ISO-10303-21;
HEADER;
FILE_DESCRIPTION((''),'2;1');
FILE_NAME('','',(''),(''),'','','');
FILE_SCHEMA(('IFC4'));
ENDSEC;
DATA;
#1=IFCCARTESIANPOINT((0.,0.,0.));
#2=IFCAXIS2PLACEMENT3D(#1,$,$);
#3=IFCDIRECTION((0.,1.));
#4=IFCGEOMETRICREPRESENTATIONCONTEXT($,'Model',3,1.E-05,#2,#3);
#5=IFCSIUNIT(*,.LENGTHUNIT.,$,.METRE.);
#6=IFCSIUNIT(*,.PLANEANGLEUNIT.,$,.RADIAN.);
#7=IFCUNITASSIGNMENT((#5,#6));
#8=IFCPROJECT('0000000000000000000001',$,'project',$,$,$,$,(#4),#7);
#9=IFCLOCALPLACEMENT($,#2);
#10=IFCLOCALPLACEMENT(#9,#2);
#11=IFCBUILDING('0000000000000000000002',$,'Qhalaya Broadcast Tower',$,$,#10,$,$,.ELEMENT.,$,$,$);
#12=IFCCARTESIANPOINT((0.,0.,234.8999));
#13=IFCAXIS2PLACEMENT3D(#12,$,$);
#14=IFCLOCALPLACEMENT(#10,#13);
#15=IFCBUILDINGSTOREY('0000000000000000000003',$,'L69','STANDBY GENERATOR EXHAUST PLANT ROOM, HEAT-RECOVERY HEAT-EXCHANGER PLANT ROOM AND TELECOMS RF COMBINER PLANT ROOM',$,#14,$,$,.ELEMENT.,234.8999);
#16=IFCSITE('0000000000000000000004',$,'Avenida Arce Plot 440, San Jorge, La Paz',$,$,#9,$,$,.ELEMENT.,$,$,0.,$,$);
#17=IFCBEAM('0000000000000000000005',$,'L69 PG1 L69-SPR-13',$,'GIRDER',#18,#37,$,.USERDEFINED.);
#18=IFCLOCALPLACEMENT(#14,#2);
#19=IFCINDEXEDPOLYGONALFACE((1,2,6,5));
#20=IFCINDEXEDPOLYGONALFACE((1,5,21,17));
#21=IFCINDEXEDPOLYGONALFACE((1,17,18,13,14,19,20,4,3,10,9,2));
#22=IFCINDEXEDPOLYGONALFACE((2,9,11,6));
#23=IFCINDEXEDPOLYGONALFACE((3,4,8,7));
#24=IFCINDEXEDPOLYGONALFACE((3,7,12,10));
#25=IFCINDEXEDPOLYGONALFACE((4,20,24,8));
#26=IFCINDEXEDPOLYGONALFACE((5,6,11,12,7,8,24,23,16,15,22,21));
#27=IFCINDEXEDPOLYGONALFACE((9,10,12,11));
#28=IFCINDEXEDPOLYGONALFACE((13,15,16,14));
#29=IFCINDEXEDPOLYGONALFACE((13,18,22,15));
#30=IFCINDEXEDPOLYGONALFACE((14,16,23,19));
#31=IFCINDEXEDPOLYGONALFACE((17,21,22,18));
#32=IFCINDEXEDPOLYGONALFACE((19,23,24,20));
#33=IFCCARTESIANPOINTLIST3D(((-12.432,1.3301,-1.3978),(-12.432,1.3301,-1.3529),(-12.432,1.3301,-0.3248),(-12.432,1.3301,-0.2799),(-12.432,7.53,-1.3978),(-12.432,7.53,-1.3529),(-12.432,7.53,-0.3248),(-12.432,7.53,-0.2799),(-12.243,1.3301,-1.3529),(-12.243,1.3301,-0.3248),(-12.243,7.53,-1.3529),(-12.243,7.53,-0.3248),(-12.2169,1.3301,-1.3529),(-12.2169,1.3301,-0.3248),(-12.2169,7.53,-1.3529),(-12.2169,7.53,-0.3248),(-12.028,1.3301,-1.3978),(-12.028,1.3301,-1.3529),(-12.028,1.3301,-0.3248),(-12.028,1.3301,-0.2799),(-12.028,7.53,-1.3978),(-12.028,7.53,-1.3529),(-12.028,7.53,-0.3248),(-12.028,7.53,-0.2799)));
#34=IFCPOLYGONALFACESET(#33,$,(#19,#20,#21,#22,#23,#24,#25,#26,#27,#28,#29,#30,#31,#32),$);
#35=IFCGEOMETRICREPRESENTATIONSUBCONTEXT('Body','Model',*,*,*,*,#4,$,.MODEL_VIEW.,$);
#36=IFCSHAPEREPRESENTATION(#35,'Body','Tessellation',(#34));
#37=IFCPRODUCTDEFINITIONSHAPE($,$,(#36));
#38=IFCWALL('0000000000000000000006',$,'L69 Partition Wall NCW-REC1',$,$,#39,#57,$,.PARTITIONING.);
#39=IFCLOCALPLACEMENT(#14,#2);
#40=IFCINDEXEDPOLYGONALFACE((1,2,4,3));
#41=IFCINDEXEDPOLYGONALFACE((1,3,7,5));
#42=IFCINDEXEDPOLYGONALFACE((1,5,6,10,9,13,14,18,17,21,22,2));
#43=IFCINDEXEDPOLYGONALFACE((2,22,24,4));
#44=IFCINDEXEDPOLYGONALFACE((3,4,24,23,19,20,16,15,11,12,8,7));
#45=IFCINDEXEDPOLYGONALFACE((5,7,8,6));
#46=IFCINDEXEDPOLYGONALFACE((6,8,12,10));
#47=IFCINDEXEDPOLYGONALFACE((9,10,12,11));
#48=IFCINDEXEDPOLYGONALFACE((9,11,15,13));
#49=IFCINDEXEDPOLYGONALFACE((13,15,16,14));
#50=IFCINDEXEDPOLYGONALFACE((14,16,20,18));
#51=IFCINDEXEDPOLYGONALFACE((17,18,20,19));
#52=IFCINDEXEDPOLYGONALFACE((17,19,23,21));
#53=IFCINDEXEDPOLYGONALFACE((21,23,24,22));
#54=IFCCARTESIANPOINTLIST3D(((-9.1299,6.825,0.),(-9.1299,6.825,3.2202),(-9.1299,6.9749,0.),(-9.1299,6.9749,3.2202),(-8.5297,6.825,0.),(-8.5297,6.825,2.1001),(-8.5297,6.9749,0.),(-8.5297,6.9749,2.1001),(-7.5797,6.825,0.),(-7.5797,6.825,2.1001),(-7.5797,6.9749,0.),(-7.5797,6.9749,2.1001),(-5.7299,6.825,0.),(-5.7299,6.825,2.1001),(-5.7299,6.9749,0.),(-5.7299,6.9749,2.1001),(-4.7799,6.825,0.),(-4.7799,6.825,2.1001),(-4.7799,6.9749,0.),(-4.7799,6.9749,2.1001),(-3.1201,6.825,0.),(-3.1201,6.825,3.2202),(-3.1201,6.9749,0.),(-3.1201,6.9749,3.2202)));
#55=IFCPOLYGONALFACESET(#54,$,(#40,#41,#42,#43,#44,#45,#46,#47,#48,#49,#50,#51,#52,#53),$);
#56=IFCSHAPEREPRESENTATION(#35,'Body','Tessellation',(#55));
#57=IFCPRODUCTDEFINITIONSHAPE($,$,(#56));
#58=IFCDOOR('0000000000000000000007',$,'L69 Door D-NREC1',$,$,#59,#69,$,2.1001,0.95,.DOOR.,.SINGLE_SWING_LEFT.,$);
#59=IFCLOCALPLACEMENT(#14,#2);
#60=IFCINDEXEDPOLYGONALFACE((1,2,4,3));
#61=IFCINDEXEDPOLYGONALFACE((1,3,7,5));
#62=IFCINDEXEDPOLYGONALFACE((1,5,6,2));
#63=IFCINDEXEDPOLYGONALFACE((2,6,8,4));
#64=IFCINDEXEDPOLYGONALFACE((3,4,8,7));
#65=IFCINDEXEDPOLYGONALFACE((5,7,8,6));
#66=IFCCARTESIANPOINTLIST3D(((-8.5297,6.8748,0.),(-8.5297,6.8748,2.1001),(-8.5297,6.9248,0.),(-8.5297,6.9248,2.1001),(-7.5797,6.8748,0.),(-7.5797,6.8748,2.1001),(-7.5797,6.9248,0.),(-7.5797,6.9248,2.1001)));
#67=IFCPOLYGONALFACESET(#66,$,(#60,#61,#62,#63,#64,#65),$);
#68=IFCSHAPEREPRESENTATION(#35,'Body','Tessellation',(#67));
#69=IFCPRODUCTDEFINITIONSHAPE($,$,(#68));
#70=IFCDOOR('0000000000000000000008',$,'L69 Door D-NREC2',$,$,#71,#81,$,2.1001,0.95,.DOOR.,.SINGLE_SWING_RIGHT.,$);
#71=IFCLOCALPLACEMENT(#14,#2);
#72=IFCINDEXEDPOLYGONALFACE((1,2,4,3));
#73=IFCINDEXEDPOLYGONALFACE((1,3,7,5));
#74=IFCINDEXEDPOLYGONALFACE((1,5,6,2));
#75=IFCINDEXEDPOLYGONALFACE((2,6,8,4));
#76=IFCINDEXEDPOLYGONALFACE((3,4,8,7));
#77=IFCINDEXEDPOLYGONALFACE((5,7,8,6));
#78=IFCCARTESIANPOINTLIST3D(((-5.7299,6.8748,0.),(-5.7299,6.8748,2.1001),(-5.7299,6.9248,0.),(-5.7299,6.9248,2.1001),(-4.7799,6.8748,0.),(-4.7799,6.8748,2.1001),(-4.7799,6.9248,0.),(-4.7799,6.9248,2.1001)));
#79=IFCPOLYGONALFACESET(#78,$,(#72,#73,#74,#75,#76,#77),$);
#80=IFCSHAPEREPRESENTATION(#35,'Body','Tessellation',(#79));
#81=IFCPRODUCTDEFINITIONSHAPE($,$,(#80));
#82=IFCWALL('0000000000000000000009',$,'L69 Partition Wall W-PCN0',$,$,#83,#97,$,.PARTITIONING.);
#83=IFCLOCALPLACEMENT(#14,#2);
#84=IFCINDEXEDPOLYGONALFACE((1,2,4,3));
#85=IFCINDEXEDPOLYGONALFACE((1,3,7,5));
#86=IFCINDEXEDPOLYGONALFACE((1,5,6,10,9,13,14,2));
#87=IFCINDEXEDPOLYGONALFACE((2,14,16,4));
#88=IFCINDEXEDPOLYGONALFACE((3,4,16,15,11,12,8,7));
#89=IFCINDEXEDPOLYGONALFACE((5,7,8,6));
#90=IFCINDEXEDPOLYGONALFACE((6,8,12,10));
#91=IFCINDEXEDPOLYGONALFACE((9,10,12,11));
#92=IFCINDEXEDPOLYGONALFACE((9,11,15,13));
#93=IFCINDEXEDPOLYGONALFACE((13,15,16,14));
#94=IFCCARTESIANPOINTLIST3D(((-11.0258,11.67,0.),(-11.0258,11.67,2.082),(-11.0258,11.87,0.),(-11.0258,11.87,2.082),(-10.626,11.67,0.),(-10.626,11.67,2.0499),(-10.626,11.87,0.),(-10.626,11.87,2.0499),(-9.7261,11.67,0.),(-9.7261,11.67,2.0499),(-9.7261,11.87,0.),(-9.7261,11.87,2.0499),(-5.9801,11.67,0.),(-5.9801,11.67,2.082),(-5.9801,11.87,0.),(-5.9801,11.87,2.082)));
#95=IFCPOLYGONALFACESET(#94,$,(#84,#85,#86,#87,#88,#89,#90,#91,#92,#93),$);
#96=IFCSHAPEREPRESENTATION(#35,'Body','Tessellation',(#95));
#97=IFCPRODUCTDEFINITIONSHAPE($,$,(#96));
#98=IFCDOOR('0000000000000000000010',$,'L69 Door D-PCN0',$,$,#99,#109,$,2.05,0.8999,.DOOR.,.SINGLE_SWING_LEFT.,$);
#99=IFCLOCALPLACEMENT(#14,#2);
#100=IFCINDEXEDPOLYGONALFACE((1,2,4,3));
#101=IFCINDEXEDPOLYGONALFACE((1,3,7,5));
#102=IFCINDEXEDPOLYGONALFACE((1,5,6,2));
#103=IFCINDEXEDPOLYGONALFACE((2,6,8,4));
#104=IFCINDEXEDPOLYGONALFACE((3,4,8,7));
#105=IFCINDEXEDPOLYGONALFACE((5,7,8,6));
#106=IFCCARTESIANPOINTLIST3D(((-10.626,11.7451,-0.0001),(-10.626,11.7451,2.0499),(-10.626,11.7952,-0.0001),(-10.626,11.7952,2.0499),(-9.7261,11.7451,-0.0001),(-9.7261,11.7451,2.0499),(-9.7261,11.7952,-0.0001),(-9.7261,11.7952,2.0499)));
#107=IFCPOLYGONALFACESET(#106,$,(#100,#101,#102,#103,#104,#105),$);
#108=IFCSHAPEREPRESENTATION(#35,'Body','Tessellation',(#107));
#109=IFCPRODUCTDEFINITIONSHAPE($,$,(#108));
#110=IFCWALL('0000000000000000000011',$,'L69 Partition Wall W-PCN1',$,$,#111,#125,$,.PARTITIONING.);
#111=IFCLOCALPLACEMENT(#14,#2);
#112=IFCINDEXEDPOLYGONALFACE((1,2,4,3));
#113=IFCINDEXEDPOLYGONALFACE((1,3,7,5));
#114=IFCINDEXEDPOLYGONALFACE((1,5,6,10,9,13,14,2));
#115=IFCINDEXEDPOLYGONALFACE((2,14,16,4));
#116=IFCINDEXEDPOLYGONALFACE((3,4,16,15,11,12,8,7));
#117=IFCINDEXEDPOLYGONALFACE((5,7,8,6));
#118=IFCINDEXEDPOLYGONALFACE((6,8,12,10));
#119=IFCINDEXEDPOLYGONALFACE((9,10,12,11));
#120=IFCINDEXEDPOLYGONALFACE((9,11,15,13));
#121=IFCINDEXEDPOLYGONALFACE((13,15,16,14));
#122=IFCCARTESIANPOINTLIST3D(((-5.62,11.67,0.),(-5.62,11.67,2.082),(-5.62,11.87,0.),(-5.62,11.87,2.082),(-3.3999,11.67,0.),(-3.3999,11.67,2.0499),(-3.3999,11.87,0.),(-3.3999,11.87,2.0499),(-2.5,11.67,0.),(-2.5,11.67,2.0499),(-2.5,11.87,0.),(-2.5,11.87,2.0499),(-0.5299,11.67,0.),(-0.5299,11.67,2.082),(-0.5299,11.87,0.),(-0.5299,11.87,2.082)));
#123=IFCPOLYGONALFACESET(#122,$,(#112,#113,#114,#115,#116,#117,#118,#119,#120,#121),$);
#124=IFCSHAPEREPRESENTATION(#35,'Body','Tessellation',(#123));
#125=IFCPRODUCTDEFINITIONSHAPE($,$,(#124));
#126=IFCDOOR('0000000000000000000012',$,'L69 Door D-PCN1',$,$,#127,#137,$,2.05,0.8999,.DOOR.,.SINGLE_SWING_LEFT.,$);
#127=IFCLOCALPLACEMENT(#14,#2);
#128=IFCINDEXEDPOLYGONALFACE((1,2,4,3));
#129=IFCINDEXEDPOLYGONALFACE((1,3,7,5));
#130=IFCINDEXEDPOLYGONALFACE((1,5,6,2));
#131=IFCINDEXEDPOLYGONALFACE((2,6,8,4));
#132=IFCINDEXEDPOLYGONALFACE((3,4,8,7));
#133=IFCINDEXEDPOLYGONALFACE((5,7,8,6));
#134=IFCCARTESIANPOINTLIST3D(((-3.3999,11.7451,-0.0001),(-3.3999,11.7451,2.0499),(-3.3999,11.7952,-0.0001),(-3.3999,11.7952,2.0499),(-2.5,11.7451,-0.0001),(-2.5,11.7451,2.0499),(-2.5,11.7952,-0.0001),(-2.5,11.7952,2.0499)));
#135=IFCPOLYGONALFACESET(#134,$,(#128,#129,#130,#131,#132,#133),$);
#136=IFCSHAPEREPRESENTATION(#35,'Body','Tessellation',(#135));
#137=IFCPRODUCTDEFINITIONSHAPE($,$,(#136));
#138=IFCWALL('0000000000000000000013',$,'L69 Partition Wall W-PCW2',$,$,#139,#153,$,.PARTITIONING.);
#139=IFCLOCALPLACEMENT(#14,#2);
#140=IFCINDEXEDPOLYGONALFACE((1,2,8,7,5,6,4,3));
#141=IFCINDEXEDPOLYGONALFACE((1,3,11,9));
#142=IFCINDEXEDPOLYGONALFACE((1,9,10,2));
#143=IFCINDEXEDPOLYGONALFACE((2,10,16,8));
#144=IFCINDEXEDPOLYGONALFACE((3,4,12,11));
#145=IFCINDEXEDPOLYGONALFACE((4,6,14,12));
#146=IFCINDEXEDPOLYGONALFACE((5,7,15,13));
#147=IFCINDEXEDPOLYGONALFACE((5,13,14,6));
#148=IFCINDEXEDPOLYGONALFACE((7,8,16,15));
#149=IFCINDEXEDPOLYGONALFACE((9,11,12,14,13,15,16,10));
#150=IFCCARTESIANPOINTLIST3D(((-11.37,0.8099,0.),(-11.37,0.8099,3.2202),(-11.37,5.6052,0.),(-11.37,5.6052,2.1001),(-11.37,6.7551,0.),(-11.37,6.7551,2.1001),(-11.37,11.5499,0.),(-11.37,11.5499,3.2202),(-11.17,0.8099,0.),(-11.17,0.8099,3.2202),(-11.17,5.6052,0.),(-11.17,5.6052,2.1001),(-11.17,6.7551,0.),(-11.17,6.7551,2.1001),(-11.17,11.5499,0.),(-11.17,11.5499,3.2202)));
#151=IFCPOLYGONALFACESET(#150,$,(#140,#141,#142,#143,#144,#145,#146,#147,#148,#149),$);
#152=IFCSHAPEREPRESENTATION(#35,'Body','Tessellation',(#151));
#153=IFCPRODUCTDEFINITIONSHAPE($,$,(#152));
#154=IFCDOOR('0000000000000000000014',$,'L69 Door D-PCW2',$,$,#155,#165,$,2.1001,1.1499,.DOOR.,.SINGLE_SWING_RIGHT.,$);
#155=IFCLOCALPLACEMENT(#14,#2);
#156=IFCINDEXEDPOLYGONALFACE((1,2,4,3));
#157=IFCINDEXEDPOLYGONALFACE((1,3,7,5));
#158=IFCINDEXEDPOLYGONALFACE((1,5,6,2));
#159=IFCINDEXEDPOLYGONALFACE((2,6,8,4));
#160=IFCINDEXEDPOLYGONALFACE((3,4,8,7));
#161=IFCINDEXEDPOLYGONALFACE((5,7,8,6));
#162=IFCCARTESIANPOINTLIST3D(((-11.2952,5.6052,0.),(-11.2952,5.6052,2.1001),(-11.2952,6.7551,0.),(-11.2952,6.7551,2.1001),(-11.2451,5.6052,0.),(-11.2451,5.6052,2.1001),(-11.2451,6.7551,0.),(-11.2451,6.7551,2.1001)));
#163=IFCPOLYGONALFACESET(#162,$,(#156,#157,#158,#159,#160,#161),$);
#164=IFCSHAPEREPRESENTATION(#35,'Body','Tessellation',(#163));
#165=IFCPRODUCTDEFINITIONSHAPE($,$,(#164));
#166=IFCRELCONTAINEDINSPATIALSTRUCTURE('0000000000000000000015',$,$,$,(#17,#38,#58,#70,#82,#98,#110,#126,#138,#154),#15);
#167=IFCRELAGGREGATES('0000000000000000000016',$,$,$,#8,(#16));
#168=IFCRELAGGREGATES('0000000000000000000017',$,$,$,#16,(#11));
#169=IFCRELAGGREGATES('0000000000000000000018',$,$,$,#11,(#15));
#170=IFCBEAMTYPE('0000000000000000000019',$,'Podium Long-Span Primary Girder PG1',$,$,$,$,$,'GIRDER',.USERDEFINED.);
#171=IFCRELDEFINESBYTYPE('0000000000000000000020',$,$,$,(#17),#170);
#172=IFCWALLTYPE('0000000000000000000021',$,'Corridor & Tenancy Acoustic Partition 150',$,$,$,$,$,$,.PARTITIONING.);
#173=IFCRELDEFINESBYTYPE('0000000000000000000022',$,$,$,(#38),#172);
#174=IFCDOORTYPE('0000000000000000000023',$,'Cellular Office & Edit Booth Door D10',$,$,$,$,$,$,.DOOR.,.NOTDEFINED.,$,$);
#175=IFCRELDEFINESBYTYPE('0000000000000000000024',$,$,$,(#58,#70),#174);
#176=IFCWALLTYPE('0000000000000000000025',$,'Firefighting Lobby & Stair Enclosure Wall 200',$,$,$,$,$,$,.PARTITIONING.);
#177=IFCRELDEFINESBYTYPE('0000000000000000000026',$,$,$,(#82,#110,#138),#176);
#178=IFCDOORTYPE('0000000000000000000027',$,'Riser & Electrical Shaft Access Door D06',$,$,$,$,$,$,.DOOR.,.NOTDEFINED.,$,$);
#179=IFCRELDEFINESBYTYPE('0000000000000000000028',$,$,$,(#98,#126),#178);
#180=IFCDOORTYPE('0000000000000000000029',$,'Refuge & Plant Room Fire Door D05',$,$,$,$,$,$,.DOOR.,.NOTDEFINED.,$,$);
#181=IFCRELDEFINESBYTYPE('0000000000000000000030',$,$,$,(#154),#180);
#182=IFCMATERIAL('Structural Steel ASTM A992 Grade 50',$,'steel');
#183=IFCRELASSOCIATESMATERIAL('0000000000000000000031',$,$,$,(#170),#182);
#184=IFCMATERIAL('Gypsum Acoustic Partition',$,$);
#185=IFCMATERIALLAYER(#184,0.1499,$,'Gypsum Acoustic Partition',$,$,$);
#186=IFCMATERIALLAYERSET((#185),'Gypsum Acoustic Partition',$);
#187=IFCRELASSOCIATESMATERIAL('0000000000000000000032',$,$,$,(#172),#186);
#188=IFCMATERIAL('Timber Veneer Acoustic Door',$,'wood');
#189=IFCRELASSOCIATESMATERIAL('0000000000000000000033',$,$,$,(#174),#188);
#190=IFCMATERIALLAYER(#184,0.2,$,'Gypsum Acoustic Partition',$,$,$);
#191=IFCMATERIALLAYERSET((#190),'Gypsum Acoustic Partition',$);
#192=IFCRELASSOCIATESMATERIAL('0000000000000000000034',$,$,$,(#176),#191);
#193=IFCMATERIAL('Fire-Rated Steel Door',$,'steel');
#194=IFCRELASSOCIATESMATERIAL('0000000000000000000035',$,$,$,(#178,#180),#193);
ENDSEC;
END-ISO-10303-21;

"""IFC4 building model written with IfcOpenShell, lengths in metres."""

from ifc_helpers import new_model, si_unit, direction, frame, frame_2d, origin, origin_2d, place, context, subcontext, project, spatial, rectangle, i_section, extrude, material, layer, layer_set, material_profile, profile_set, type_object, element, fill, save


model = new_model("IFC4")

# Units and contexts
model_context = context("Model", 3, precision=1e-05, world=origin(), true_north=direction((0.0, 1.0)))
body_context = subcontext(model_context, "Body", "Model", "MODEL_VIEW")
ifc_project = project(units=[si_unit("LENGTHUNIT", "METRE"), si_unit("PLANEANGLEUNIT", "RADIAN")], contexts=[model_context])

# Site, building, storey
site_placement = place(None, origin())
site = spatial("IfcSite", under=ifc_project, at=site_placement, Name="Avenida Arce Plot 440, San Jorge, La Paz", CompositionType="ELEMENT", RefElevation=0.0)
building_placement = place(site_placement, origin())
building = spatial("IfcBuilding", under=site, at=building_placement, Name="Qhalaya Broadcast Tower", CompositionType="ELEMENT")
storey_placement = place(building_placement, frame((0.0, 0.0, 234.8999)))
storey = spatial("IfcBuildingStorey", under=building, at=storey_placement, Name="L69", Description="STANDBY GENERATOR EXHAUST PLANT ROOM, HEAT-RECOVERY HEAT-EXCHANGER PLANT ROOM AND TELECOMS RF COMBINER PLANT ROOM", CompositionType="ELEMENT", Elevation=234.8999)

# Beam
ifc_material_1 = material(Name="Structural Steel ASTM A992 Grade 50", Category="steel")
ifc_material_profile_1 = material_profile(ifc_material_1, i_section(OverallWidth=0.4041, OverallDepth=1.1179, WebThickness=0.0261, FlangeThickness=0.0449, at=origin_2d()), Name="W44X335")
ifc_profile_set_1 = profile_set([ifc_material_profile_1], Name="Structural Steel ASTM A992 Grade 50")
beam_type_1 = type_object("IfcBeamType", Name="Podium Long-Span Primary Girder PG1", ElementType="GIRDER", PredefinedType="USERDEFINED", material=ifc_profile_set_1)
beam_1_placement = place(storey_placement, frame((-12.23, 7.53, -0.8389), z_axis=(0.0, -1.0, 0.0), x_axis=(1.0, 0.0, 0.0)))
element("IfcBeam", 1, at=beam_1_placement, inside=storey, type_object=beam_type_1, Name="L69 PG1 L69-SPR-13", ObjectType="GIRDER", PredefinedType="USERDEFINED", context=body_context, shape_type="SweptSolid", body=[
    extrude(i_section(OverallWidth=0.4041, OverallDepth=1.1179, WebThickness=0.0261, FlangeThickness=0.0449, at=origin_2d()), origin(), (0.0, 0.0, 1.0), 6.2),
])

# Wall, openings, doors
ifc_material_2 = material(Name="Gypsum Acoustic Partition")
ifc_layer_1 = layer(ifc_material_2, 0.1499, Name="Gypsum Acoustic Partition")
ifc_layer_set_1 = layer_set([ifc_layer_1], Name="Gypsum Acoustic Partition")
wall_type_1 = type_object("IfcWallType", Name="Corridor & Tenancy Acoustic Partition 150", PredefinedType="PARTITIONING", material=ifc_layer_set_1)
wall_1_placement = place(storey_placement, frame((-9.1299, 6.8999, 0.0), z_axis=(0.0, 0.0, 1.0), x_axis=(1.0, 0.0, 0.0)))
wall_1 = element("IfcWall", 2, at=wall_1_placement, inside=storey, type_object=wall_type_1, Name="L69 Partition Wall NCW-REC1", PredefinedType="PARTITIONING", context=body_context, shape_type="SweptSolid", body=[
    extrude(rectangle(XDim=6.0098, YDim=0.1499, at=frame_2d((3.0049, 0.0))), origin(), (0.0, 0.0, 1.0), 3.2202),
])
opening_1_placement = place(wall_1_placement, frame((0.6001, 0.0, 0.0)))
opening_1 = element("IfcOpeningElement", 3, at=opening_1_placement, cuts=wall_1, PredefinedType="OPENING", context=body_context, shape_type="SweptSolid", body=[
    extrude(rectangle(XDim=0.95, YDim=2.1001, at=frame_2d((0.4751, 1.05))), frame((0.0, 0.0869, 0.0), z_axis=(0.0, -1.0, 0.0), x_axis=(1.0, 0.0, 0.0)), (0.0, 0.0, 1.0), 0.1738),
])
opening_2_placement = place(wall_1_placement, frame((3.3999, 0.0, 0.0)))
opening_2 = element("IfcOpeningElement", 4, at=opening_2_placement, cuts=wall_1, PredefinedType="OPENING", context=body_context, shape_type="SweptSolid", body=[
    extrude(rectangle(XDim=0.95, YDim=2.1001, at=frame_2d((0.4751, 1.05))), frame((0.0, 0.0869, 0.0), z_axis=(0.0, -1.0, 0.0), x_axis=(1.0, 0.0, 0.0)), (0.0, 0.0, 1.0), 0.1738),
])
ifc_material_3 = material(Name="Timber Veneer Acoustic Door", Category="wood")
door_type_1 = type_object("IfcDoorType", Name="Cellular Office & Edit Booth Door D10", OperationType="NOTDEFINED", PredefinedType="DOOR", material=ifc_material_3)
door_1_placement = place(opening_1_placement, origin())
door_1 = element("IfcDoor", 5, at=door_1_placement, inside=storey, type_object=door_type_1, Name="L69 Door D-NREC1", OperationType="SINGLE_SWING_LEFT", OverallHeight=2.1001, OverallWidth=0.95, PredefinedType="DOOR", context=body_context, shape_type="SweptSolid", body=[
    extrude(rectangle(XDim=0.95, YDim=2.1001, at=frame_2d((0.4751, 1.05))), frame((0.0, 0.0249, 0.0), z_axis=(0.0, -1.0, 0.0), x_axis=(1.0, 0.0, 0.0)), (0.0, 0.0, 1.0), 0.05),
])
fill(opening_1, door_1)
door_2_placement = place(opening_2_placement, origin())
door_2 = element("IfcDoor", 6, at=door_2_placement, inside=storey, type_object=door_type_1, Name="L69 Door D-NREC2", OperationType="SINGLE_SWING_RIGHT", OverallHeight=2.1001, OverallWidth=0.95, PredefinedType="DOOR", context=body_context, shape_type="SweptSolid", body=[
    extrude(rectangle(XDim=0.95, YDim=2.1001, at=frame_2d((0.4751, 1.05))), frame((0.0, 0.0249, 0.0), z_axis=(0.0, -1.0, 0.0), x_axis=(1.0, 0.0, 0.0)), (0.0, 0.0, 1.0), 0.05),
])
fill(opening_2, door_2)

# Walls, openings, doors
ifc_layer_2 = layer(ifc_material_2, 0.2, Name="Gypsum Acoustic Partition")
ifc_layer_set_2 = layer_set([ifc_layer_2], Name="Gypsum Acoustic Partition")
wall_type_2 = type_object("IfcWallType", Name="Firefighting Lobby & Stair Enclosure Wall 200", PredefinedType="PARTITIONING", material=ifc_layer_set_2)
wall_2_placement = place(storey_placement, frame((-5.98, 11.77, 0.0), z_axis=(0.0, 0.0, 1.0), x_axis=(-1.0, 0.0, 0.0)))
wall_2 = element("IfcWall", 7, at=wall_2_placement, inside=storey, type_object=wall_type_2, Name="L69 Partition Wall W-PCN0", PredefinedType="PARTITIONING", context=body_context, shape_type="SweptSolid", body=[
    extrude(rectangle(XDim=5.0457, YDim=0.2, at=frame_2d((2.5229, 0.0))), origin(), (0.0, 0.0, 1.0), 2.082),
])
opening_3_placement = place(wall_2_placement, frame((3.7461, 0.0, 0.0)))
opening_3 = element("IfcOpeningElement", 8, at=opening_3_placement, cuts=wall_2, PredefinedType="OPENING", context=body_context, shape_type="SweptSolid", body=[
    extrude(rectangle(XDim=0.8999, YDim=2.05, at=frame_2d((0.45, 1.0249))), frame((0.0, 0.1121, 0.0), z_axis=(0.0, -1.0, 0.0), x_axis=(1.0, 0.0, 0.0)), (0.0, 0.0, 1.0), 0.2239),
])
ifc_material_4 = material(Name="Fire-Rated Steel Door", Category="steel")
door_type_2 = type_object("IfcDoorType", Name="Riser & Electrical Shaft Access Door D06", OperationType="NOTDEFINED", PredefinedType="DOOR", material=ifc_material_4)
door_3_placement = place(opening_3_placement, origin())
door_3 = element("IfcDoor", 9, at=door_3_placement, inside=storey, type_object=door_type_2, Name="L69 Door D-PCN0", OperationType="SINGLE_SWING_LEFT", OverallHeight=2.05, OverallWidth=0.8999, PredefinedType="DOOR", context=body_context, shape_type="SweptSolid", body=[
    extrude(rectangle(XDim=0.8999, YDim=2.05, at=frame_2d((0.45, 1.0249))), frame((0.0, 0.0249, 0.0), z_axis=(0.0, -1.0, 0.0), x_axis=(1.0, 0.0, 0.0)), (0.0, 0.0, 1.0), 0.05),
])
fill(opening_3, door_3)
wall_3_placement = place(storey_placement, frame((-0.53, 11.77, 0.0), z_axis=(0.0, 0.0, 1.0), x_axis=(-1.0, 0.0, 0.0)))
wall_3 = element("IfcWall", 10, at=wall_3_placement, inside=storey, type_object=wall_type_2, Name="L69 Partition Wall W-PCN1", PredefinedType="PARTITIONING", context=body_context, shape_type="SweptSolid", body=[
    extrude(rectangle(XDim=5.0901, YDim=0.2, at=frame_2d((2.5449, 0.0))), origin(), (0.0, 0.0, 1.0), 2.082),
])
opening_4_placement = place(wall_3_placement, frame((1.97, 0.0, 0.0)))
opening_4 = element("IfcOpeningElement", 11, at=opening_4_placement, cuts=wall_3, PredefinedType="OPENING", context=body_context, shape_type="SweptSolid", body=[
    extrude(rectangle(XDim=0.8999, YDim=2.05, at=frame_2d((0.45, 1.0249))), frame((0.0, 0.1121, 0.0), z_axis=(0.0, -1.0, 0.0), x_axis=(1.0, 0.0, 0.0)), (0.0, 0.0, 1.0), 0.2239),
])
door_4_placement = place(opening_4_placement, origin())
door_4 = element("IfcDoor", 12, at=door_4_placement, inside=storey, type_object=door_type_2, Name="L69 Door D-PCN1", OperationType="SINGLE_SWING_LEFT", OverallHeight=2.05, OverallWidth=0.8999, PredefinedType="DOOR", context=body_context, shape_type="SweptSolid", body=[
    extrude(rectangle(XDim=0.8999, YDim=2.05, at=frame_2d((0.45, 1.0249))), frame((0.0, 0.0249, 0.0), z_axis=(0.0, -1.0, 0.0), x_axis=(1.0, 0.0, 0.0)), (0.0, 0.0, 1.0), 0.05),
])
fill(opening_4, door_4)
wall_4_placement = place(storey_placement, frame((-11.27, 11.55, 0.0), z_axis=(0.0, 0.0, 1.0), x_axis=(0.0, -1.0, 0.0)))
wall_4 = element("IfcWall", 13, at=wall_4_placement, inside=storey, type_object=wall_type_2, Name="L69 Partition Wall W-PCW2", PredefinedType="PARTITIONING", context=body_context, shape_type="SweptSolid", body=[
    extrude(rectangle(XDim=10.74, YDim=0.2, at=frame_2d((5.3701, 0.0))), origin(), (0.0, 0.0, 1.0), 3.2202),
])
opening_5_placement = place(wall_4_placement, frame((4.7949, 0.0, 0.0)))
opening_5 = element("IfcOpeningElement", 14, at=opening_5_placement, cuts=wall_4, PredefinedType="OPENING", context=body_context, shape_type="SweptSolid", body=[
    extrude(rectangle(XDim=1.1499, YDim=2.1001, at=frame_2d((0.575, 1.05))), frame((0.0, 0.1121, 0.0), z_axis=(0.0, -1.0, 0.0), x_axis=(1.0, 0.0, 0.0)), (0.0, 0.0, 1.0), 0.2239),
])
door_type_3 = type_object("IfcDoorType", Name="Refuge & Plant Room Fire Door D05", OperationType="NOTDEFINED", PredefinedType="DOOR", material=ifc_material_4)
door_5_placement = place(opening_5_placement, origin())
door_5 = element("IfcDoor", 15, at=door_5_placement, inside=storey, type_object=door_type_3, Name="L69 Door D-PCW2", OperationType="SINGLE_SWING_RIGHT", OverallHeight=2.1001, OverallWidth=1.1499, PredefinedType="DOOR", context=body_context, shape_type="SweptSolid", body=[
    extrude(rectangle(XDim=1.1499, YDim=2.1001, at=frame_2d((0.575, 1.05))), frame((0.0, 0.0249, 0.0), z_axis=(0.0, -1.0, 0.0), x_axis=(1.0, 0.0, 0.0)), (0.0, 0.0, 1.0), 0.05),
])
fill(opening_5, door_5)

save(model, "model.ifc")
